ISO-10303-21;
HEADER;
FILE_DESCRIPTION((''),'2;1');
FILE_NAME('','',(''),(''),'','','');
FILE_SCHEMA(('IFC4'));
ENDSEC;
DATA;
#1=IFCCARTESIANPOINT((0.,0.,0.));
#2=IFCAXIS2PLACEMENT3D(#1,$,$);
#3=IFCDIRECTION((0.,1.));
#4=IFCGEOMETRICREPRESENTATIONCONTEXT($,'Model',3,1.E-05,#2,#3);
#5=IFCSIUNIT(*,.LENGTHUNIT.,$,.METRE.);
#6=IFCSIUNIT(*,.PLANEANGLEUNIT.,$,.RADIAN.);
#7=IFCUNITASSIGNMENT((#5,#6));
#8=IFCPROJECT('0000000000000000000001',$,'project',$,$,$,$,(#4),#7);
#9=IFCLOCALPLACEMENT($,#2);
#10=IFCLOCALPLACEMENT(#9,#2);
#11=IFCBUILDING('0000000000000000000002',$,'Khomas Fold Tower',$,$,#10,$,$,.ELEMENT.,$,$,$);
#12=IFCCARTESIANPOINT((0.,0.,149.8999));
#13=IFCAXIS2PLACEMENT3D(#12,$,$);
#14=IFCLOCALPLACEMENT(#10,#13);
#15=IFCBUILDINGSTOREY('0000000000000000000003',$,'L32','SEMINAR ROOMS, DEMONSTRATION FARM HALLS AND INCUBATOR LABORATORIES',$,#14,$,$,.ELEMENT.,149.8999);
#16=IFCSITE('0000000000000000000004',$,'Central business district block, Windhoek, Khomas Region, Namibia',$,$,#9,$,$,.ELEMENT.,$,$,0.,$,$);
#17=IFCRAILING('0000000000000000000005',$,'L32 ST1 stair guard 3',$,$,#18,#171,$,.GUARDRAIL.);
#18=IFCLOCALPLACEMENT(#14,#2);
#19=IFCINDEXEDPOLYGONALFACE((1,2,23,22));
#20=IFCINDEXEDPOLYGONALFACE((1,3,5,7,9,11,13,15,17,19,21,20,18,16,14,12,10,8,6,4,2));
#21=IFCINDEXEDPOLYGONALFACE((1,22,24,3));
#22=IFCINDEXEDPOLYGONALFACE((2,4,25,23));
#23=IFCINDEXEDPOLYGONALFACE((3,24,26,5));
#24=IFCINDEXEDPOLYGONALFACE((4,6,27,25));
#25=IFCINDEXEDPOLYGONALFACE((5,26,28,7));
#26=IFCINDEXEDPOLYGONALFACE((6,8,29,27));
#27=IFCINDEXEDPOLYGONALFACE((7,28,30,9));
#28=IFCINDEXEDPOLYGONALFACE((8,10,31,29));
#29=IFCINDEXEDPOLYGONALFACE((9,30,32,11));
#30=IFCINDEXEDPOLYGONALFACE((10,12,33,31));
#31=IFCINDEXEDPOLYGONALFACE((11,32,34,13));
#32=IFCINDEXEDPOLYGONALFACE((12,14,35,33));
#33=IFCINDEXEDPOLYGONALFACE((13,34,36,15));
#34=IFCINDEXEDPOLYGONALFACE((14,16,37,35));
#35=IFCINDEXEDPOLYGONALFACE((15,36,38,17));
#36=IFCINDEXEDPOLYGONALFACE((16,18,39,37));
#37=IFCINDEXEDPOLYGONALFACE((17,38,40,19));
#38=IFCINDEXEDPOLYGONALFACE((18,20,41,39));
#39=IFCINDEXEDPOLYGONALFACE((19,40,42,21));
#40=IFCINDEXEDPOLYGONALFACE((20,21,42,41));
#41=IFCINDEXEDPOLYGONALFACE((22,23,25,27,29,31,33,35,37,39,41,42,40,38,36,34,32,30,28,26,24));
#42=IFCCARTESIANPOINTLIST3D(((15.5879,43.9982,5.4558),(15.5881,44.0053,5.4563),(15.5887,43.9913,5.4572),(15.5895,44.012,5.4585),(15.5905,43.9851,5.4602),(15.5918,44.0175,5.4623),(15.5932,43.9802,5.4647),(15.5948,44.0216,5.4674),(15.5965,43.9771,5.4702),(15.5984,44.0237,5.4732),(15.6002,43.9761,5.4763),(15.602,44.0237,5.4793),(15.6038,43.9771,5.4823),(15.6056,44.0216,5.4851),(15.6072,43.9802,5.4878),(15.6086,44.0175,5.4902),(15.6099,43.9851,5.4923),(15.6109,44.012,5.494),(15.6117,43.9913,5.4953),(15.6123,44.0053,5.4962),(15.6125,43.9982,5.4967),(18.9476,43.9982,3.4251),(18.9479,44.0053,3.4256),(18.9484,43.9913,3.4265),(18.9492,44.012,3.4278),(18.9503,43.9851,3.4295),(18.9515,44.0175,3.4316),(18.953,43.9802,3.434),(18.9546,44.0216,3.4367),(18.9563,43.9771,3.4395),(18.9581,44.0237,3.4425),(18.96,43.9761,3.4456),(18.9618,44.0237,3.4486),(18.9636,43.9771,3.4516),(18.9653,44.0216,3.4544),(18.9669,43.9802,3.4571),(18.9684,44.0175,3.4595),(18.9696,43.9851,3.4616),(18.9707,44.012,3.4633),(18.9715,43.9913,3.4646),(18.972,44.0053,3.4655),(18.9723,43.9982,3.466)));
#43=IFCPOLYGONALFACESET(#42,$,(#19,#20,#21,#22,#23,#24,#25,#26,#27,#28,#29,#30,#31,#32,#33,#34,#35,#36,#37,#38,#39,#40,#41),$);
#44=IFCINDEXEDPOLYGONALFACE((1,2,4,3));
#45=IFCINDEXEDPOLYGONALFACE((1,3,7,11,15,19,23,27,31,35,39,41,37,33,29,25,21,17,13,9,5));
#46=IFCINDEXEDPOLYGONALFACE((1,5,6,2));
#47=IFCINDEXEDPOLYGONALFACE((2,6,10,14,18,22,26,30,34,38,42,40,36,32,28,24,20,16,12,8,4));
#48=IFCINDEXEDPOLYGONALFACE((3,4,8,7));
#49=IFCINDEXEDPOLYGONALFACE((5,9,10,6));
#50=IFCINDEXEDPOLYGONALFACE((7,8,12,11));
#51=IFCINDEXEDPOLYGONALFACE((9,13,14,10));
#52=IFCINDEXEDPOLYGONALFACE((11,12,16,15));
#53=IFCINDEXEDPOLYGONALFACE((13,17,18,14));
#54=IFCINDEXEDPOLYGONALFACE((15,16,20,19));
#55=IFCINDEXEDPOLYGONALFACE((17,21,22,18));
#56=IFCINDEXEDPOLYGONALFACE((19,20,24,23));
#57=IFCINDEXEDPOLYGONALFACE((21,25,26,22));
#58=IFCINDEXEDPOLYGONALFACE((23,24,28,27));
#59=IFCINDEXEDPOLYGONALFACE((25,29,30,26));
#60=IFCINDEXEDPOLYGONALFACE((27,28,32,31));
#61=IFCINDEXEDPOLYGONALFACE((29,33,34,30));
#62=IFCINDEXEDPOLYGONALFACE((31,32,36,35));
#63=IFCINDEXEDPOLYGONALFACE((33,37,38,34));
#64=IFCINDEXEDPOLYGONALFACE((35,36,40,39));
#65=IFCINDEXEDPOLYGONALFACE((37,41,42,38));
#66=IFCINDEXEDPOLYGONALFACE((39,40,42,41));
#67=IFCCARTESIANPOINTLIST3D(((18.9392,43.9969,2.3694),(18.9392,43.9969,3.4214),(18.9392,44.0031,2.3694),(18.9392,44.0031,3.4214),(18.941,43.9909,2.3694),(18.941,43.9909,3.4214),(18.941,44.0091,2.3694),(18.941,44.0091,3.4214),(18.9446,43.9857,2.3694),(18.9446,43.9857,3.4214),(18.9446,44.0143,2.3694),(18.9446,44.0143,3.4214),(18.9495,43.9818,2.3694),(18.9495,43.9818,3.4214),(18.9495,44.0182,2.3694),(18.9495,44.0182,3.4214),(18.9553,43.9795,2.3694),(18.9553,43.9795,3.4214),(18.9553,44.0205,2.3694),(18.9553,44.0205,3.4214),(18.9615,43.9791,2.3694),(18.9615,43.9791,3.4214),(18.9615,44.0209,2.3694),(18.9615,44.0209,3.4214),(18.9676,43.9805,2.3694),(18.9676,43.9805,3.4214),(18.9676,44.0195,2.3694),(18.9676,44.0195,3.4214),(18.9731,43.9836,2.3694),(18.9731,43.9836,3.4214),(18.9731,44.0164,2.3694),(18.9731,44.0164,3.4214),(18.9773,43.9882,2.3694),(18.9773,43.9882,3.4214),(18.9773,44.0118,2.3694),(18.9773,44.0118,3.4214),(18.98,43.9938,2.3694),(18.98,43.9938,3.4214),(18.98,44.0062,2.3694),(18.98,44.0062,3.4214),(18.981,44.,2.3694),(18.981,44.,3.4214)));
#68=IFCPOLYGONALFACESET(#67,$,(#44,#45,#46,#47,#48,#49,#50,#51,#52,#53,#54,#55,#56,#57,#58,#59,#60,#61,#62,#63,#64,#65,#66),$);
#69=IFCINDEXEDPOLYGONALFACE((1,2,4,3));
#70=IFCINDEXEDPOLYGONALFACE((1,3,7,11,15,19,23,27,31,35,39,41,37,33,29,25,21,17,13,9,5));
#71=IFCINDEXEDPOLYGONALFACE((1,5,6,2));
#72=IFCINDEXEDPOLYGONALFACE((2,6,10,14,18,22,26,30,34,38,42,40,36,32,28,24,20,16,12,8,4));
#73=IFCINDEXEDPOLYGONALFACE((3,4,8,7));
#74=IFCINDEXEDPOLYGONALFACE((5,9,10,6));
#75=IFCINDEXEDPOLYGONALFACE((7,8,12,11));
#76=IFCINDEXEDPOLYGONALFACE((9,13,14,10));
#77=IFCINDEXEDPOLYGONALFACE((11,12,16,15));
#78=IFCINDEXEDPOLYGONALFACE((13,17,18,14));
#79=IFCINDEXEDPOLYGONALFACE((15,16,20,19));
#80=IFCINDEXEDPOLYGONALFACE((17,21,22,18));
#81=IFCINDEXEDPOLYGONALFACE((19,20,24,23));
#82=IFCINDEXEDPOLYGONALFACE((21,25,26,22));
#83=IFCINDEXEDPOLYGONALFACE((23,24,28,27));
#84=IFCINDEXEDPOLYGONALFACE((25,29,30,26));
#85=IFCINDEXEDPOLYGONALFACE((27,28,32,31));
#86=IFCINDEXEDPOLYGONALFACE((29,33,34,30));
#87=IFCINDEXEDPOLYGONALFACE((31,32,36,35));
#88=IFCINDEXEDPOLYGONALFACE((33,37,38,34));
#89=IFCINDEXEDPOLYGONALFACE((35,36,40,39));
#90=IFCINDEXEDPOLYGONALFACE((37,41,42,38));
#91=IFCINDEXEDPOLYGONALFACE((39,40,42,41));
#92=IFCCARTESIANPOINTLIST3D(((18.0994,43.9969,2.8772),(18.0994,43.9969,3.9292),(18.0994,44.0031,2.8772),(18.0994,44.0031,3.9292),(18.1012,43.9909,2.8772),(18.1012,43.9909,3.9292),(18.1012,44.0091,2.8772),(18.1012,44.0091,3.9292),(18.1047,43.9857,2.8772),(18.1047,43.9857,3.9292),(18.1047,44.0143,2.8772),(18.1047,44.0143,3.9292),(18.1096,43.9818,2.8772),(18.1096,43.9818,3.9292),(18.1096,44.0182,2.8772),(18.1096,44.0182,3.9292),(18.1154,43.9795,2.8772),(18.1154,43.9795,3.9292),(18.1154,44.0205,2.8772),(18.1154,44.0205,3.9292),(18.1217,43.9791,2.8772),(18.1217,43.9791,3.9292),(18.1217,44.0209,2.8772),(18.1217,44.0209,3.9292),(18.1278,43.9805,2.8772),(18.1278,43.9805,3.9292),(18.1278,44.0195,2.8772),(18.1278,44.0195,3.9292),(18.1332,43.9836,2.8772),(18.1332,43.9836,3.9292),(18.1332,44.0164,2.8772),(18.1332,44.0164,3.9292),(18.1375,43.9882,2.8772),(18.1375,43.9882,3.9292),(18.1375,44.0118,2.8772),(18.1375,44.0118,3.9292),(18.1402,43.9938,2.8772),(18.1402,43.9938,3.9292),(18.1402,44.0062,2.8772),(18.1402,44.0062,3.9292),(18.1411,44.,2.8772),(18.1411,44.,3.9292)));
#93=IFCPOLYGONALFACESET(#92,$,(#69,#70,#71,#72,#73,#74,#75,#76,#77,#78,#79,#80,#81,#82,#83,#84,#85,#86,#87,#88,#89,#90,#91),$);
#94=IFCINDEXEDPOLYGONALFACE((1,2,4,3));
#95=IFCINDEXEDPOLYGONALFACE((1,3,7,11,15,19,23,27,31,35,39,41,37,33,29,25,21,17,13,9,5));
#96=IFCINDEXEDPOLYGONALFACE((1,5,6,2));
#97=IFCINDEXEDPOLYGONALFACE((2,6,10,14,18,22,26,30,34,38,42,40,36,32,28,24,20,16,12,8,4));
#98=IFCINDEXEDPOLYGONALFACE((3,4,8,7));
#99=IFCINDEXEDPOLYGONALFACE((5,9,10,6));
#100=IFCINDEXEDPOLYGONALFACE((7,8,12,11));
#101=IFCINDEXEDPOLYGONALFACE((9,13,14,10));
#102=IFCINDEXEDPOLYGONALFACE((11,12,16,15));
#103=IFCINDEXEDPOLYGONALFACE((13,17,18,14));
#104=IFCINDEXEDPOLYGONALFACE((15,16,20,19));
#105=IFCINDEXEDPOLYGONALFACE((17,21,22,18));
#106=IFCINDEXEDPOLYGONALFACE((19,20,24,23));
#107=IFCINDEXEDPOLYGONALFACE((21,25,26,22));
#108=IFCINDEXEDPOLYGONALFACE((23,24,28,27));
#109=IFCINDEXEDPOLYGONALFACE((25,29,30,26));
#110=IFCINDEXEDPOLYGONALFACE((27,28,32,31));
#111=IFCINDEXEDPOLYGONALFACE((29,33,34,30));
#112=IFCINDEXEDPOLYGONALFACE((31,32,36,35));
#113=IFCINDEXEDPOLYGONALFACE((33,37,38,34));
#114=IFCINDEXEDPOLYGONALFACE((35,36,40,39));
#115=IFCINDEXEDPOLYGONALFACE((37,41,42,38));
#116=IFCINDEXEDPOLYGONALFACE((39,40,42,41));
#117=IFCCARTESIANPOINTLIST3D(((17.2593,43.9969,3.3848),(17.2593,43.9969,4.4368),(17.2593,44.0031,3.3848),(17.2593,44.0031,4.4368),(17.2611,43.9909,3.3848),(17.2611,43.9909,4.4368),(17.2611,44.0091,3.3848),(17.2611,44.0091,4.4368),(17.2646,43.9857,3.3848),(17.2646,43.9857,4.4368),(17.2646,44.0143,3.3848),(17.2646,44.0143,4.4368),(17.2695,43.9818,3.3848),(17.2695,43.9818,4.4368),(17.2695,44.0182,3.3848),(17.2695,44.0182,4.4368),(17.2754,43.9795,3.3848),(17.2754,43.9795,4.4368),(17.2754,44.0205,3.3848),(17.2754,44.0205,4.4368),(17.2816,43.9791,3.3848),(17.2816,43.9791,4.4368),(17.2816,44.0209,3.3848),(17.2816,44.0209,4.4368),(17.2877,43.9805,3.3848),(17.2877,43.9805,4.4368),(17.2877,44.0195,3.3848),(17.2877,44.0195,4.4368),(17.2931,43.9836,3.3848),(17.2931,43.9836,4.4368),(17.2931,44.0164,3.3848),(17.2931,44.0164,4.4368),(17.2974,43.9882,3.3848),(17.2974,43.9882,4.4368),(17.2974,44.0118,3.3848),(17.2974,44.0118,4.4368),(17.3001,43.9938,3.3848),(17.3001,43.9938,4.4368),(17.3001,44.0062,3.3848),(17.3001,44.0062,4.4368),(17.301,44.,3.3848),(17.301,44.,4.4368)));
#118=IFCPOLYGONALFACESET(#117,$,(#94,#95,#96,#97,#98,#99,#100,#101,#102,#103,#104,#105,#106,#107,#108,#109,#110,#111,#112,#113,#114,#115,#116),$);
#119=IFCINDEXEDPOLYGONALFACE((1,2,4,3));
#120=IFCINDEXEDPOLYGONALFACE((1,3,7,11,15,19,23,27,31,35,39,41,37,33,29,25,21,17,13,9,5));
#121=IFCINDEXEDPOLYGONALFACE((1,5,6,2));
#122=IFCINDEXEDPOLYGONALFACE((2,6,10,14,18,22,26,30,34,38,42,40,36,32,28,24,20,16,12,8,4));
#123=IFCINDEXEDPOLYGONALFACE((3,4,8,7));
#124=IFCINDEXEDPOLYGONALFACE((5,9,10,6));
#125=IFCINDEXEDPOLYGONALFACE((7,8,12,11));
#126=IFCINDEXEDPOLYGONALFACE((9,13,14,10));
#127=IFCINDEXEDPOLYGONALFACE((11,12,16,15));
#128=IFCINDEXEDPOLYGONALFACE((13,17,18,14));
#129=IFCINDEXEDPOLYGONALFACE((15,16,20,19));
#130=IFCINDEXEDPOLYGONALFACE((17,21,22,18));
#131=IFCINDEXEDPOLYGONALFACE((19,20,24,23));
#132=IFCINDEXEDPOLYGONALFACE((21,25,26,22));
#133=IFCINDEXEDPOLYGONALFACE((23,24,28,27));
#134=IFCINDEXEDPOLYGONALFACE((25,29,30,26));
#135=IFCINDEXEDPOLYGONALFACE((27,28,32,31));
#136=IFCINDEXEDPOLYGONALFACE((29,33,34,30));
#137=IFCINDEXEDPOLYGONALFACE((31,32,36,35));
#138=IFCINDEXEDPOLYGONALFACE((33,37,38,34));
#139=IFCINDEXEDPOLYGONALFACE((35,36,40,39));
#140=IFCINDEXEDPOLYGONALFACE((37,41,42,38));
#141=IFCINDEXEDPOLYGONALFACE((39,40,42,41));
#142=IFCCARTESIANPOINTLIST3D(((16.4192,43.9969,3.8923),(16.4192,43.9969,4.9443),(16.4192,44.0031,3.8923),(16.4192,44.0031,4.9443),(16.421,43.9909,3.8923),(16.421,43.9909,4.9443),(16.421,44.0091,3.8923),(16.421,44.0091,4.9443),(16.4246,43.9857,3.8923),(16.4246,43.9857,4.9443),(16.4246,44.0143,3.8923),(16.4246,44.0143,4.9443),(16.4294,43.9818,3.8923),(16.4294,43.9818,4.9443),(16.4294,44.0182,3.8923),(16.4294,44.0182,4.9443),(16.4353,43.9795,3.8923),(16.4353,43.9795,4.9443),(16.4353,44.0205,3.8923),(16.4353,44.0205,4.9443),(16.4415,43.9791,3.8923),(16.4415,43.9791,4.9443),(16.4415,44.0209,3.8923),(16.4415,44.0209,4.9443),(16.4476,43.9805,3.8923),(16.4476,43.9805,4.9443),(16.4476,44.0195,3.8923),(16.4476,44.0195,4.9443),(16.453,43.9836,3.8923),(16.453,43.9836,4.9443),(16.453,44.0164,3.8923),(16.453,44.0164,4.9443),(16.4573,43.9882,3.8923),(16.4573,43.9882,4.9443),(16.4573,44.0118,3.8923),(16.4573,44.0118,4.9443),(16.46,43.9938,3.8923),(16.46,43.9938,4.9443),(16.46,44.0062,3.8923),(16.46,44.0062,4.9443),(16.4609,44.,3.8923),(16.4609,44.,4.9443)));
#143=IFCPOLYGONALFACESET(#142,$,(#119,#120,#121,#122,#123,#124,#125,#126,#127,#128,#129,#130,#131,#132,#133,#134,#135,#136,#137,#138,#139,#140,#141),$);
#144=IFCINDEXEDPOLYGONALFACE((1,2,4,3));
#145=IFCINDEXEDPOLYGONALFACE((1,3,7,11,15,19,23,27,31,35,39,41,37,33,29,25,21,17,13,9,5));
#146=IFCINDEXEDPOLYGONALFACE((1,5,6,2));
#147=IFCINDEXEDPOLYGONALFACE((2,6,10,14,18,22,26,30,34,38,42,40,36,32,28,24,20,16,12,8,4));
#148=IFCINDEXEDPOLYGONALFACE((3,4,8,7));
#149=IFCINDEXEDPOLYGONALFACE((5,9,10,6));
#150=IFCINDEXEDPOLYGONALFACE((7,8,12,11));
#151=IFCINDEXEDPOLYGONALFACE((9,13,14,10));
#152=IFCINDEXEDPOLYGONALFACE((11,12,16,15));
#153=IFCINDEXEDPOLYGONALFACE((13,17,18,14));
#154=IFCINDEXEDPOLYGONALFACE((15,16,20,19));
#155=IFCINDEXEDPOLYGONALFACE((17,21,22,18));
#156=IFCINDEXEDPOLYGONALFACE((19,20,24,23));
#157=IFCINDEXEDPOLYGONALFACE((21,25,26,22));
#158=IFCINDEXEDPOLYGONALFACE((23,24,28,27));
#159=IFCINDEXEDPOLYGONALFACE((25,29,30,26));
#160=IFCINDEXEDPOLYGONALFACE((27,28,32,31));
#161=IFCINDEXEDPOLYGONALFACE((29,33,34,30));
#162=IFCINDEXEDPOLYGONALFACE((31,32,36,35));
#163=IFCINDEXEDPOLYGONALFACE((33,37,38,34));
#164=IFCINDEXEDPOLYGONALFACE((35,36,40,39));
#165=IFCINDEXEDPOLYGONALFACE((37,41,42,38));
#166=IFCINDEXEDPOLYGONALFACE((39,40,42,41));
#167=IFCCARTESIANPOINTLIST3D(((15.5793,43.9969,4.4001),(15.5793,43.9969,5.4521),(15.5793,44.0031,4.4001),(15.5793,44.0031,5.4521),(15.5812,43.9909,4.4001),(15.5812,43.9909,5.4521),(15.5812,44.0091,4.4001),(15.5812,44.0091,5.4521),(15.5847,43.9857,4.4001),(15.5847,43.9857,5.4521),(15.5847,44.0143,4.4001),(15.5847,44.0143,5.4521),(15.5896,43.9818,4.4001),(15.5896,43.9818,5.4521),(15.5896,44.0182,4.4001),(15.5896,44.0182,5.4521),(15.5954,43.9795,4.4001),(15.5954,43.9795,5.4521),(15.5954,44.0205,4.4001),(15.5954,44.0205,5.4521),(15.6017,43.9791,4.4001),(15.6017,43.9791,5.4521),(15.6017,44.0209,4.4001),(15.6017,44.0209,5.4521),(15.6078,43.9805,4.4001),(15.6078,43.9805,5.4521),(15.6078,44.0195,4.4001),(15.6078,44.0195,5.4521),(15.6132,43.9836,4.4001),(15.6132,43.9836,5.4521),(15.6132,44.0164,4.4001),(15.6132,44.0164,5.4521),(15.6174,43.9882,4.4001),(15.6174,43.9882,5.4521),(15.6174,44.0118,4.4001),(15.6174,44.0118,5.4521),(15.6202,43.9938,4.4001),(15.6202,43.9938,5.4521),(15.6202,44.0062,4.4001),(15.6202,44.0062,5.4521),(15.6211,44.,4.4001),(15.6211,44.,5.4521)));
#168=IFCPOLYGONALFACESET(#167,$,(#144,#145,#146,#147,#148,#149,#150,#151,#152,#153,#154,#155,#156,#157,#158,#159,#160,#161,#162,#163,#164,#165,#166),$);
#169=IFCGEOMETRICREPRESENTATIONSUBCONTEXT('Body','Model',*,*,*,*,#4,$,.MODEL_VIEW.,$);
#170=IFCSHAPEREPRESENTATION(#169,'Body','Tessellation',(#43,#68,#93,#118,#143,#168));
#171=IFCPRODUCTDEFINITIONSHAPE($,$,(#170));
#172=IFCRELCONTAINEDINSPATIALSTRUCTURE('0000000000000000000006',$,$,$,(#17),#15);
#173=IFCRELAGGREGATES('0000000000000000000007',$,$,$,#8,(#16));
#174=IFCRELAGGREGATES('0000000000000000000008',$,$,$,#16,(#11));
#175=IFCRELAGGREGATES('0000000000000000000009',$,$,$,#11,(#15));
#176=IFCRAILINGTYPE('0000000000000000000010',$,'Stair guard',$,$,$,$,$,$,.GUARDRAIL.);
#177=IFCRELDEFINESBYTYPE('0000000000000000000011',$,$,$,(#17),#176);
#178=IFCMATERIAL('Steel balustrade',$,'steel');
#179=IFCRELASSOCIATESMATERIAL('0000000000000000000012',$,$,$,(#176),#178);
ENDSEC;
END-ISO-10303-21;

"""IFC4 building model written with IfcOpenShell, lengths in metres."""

from ifc_helpers import new_model, si_unit, direction, frame, origin, origin_2d, place, context, subcontext, project, spatial, circle, extrude, source, transform, mapped, material, type_object, element, save


model = new_model("IFC4")

# Units and contexts
model_context = context("Model", 3, precision=1e-05, world=origin(), true_north=direction((0.0, 1.0)))
body_context = subcontext(model_context, "Body", "Model", "MODEL_VIEW")
ifc_project = project(units=[si_unit("LENGTHUNIT", "METRE"), si_unit("PLANEANGLEUNIT", "RADIAN")], contexts=[model_context])

# Site, building, storey
site_placement = place(None, origin())
site = spatial("IfcSite", under=ifc_project, at=site_placement, Name="Central business district block, Windhoek, Khomas Region, Namibia", CompositionType="ELEMENT", RefElevation=0.0)
building_placement = place(site_placement, origin())
building = spatial("IfcBuilding", under=site, at=building_placement, Name="Khomas Fold Tower", CompositionType="ELEMENT")
storey_placement = place(building_placement, frame((0.0, 0.0, 149.8999)))
storey = spatial("IfcBuildingStorey", under=building, at=storey_placement, Name="L32", Description="SEMINAR ROOMS, DEMONSTRATION FARM HALLS AND INCUBATOR LABORATORIES", CompositionType="ELEMENT", Elevation=149.8999)

# Railing
ifc_material_1 = material(Name="Steel balustrade", Category="steel")
railing_type_1 = type_object("IfcRailingType", Name="Stair guard", PredefinedType="GUARDRAIL", material=ifc_material_1)
shared_shape_1 = source(origin(), body_context, "Body", "SweptSolid", [
    extrude(circle(Radius=0.0239, at=origin_2d()), frame((0.0, 0.0, 1.0762), z_axis=(-0.85582, 0.0, 0.517273), x_axis=(0.0, -1.0, 0.0)), (0.0, 0.0, 1.0), 3.9258),
    extrude(circle(Radius=0.021, at=origin_2d()), origin(), (0.0, 0.0, 1.0), 1.052),
    extrude(circle(Radius=0.021, at=origin_2d()), frame((-0.8398, 0.0, 0.5078)), (0.0, 0.0, 1.0), 1.052),
    extrude(circle(Radius=0.021, at=origin_2d()), frame((-1.6799, 0.0, 1.0154)), (0.0, 0.0, 1.0), 1.052),
    extrude(circle(Radius=0.021, at=origin_2d()), frame((-2.52, 0.0, 1.5229)), (0.0, 0.0, 1.0), 1.052),
    extrude(circle(Radius=0.021, at=origin_2d()), frame((-3.3599, 0.0, 2.0308)), (0.0, 0.0, 1.0), 1.052),
])
railing_1_placement = place(storey_placement, frame((18.96, 44.0, 2.3694)))
element("IfcRailing", 1, at=railing_1_placement, inside=storey, type_object=railing_type_1, Name="L32 ST1 stair guard 3", PredefinedType="GUARDRAIL", context=body_context, shape_type="MappedRepresentation", body=[
    mapped(shared_shape_1, transform((0.0, 0.0, 0.0))),
])

save(model, "model.ifc")
